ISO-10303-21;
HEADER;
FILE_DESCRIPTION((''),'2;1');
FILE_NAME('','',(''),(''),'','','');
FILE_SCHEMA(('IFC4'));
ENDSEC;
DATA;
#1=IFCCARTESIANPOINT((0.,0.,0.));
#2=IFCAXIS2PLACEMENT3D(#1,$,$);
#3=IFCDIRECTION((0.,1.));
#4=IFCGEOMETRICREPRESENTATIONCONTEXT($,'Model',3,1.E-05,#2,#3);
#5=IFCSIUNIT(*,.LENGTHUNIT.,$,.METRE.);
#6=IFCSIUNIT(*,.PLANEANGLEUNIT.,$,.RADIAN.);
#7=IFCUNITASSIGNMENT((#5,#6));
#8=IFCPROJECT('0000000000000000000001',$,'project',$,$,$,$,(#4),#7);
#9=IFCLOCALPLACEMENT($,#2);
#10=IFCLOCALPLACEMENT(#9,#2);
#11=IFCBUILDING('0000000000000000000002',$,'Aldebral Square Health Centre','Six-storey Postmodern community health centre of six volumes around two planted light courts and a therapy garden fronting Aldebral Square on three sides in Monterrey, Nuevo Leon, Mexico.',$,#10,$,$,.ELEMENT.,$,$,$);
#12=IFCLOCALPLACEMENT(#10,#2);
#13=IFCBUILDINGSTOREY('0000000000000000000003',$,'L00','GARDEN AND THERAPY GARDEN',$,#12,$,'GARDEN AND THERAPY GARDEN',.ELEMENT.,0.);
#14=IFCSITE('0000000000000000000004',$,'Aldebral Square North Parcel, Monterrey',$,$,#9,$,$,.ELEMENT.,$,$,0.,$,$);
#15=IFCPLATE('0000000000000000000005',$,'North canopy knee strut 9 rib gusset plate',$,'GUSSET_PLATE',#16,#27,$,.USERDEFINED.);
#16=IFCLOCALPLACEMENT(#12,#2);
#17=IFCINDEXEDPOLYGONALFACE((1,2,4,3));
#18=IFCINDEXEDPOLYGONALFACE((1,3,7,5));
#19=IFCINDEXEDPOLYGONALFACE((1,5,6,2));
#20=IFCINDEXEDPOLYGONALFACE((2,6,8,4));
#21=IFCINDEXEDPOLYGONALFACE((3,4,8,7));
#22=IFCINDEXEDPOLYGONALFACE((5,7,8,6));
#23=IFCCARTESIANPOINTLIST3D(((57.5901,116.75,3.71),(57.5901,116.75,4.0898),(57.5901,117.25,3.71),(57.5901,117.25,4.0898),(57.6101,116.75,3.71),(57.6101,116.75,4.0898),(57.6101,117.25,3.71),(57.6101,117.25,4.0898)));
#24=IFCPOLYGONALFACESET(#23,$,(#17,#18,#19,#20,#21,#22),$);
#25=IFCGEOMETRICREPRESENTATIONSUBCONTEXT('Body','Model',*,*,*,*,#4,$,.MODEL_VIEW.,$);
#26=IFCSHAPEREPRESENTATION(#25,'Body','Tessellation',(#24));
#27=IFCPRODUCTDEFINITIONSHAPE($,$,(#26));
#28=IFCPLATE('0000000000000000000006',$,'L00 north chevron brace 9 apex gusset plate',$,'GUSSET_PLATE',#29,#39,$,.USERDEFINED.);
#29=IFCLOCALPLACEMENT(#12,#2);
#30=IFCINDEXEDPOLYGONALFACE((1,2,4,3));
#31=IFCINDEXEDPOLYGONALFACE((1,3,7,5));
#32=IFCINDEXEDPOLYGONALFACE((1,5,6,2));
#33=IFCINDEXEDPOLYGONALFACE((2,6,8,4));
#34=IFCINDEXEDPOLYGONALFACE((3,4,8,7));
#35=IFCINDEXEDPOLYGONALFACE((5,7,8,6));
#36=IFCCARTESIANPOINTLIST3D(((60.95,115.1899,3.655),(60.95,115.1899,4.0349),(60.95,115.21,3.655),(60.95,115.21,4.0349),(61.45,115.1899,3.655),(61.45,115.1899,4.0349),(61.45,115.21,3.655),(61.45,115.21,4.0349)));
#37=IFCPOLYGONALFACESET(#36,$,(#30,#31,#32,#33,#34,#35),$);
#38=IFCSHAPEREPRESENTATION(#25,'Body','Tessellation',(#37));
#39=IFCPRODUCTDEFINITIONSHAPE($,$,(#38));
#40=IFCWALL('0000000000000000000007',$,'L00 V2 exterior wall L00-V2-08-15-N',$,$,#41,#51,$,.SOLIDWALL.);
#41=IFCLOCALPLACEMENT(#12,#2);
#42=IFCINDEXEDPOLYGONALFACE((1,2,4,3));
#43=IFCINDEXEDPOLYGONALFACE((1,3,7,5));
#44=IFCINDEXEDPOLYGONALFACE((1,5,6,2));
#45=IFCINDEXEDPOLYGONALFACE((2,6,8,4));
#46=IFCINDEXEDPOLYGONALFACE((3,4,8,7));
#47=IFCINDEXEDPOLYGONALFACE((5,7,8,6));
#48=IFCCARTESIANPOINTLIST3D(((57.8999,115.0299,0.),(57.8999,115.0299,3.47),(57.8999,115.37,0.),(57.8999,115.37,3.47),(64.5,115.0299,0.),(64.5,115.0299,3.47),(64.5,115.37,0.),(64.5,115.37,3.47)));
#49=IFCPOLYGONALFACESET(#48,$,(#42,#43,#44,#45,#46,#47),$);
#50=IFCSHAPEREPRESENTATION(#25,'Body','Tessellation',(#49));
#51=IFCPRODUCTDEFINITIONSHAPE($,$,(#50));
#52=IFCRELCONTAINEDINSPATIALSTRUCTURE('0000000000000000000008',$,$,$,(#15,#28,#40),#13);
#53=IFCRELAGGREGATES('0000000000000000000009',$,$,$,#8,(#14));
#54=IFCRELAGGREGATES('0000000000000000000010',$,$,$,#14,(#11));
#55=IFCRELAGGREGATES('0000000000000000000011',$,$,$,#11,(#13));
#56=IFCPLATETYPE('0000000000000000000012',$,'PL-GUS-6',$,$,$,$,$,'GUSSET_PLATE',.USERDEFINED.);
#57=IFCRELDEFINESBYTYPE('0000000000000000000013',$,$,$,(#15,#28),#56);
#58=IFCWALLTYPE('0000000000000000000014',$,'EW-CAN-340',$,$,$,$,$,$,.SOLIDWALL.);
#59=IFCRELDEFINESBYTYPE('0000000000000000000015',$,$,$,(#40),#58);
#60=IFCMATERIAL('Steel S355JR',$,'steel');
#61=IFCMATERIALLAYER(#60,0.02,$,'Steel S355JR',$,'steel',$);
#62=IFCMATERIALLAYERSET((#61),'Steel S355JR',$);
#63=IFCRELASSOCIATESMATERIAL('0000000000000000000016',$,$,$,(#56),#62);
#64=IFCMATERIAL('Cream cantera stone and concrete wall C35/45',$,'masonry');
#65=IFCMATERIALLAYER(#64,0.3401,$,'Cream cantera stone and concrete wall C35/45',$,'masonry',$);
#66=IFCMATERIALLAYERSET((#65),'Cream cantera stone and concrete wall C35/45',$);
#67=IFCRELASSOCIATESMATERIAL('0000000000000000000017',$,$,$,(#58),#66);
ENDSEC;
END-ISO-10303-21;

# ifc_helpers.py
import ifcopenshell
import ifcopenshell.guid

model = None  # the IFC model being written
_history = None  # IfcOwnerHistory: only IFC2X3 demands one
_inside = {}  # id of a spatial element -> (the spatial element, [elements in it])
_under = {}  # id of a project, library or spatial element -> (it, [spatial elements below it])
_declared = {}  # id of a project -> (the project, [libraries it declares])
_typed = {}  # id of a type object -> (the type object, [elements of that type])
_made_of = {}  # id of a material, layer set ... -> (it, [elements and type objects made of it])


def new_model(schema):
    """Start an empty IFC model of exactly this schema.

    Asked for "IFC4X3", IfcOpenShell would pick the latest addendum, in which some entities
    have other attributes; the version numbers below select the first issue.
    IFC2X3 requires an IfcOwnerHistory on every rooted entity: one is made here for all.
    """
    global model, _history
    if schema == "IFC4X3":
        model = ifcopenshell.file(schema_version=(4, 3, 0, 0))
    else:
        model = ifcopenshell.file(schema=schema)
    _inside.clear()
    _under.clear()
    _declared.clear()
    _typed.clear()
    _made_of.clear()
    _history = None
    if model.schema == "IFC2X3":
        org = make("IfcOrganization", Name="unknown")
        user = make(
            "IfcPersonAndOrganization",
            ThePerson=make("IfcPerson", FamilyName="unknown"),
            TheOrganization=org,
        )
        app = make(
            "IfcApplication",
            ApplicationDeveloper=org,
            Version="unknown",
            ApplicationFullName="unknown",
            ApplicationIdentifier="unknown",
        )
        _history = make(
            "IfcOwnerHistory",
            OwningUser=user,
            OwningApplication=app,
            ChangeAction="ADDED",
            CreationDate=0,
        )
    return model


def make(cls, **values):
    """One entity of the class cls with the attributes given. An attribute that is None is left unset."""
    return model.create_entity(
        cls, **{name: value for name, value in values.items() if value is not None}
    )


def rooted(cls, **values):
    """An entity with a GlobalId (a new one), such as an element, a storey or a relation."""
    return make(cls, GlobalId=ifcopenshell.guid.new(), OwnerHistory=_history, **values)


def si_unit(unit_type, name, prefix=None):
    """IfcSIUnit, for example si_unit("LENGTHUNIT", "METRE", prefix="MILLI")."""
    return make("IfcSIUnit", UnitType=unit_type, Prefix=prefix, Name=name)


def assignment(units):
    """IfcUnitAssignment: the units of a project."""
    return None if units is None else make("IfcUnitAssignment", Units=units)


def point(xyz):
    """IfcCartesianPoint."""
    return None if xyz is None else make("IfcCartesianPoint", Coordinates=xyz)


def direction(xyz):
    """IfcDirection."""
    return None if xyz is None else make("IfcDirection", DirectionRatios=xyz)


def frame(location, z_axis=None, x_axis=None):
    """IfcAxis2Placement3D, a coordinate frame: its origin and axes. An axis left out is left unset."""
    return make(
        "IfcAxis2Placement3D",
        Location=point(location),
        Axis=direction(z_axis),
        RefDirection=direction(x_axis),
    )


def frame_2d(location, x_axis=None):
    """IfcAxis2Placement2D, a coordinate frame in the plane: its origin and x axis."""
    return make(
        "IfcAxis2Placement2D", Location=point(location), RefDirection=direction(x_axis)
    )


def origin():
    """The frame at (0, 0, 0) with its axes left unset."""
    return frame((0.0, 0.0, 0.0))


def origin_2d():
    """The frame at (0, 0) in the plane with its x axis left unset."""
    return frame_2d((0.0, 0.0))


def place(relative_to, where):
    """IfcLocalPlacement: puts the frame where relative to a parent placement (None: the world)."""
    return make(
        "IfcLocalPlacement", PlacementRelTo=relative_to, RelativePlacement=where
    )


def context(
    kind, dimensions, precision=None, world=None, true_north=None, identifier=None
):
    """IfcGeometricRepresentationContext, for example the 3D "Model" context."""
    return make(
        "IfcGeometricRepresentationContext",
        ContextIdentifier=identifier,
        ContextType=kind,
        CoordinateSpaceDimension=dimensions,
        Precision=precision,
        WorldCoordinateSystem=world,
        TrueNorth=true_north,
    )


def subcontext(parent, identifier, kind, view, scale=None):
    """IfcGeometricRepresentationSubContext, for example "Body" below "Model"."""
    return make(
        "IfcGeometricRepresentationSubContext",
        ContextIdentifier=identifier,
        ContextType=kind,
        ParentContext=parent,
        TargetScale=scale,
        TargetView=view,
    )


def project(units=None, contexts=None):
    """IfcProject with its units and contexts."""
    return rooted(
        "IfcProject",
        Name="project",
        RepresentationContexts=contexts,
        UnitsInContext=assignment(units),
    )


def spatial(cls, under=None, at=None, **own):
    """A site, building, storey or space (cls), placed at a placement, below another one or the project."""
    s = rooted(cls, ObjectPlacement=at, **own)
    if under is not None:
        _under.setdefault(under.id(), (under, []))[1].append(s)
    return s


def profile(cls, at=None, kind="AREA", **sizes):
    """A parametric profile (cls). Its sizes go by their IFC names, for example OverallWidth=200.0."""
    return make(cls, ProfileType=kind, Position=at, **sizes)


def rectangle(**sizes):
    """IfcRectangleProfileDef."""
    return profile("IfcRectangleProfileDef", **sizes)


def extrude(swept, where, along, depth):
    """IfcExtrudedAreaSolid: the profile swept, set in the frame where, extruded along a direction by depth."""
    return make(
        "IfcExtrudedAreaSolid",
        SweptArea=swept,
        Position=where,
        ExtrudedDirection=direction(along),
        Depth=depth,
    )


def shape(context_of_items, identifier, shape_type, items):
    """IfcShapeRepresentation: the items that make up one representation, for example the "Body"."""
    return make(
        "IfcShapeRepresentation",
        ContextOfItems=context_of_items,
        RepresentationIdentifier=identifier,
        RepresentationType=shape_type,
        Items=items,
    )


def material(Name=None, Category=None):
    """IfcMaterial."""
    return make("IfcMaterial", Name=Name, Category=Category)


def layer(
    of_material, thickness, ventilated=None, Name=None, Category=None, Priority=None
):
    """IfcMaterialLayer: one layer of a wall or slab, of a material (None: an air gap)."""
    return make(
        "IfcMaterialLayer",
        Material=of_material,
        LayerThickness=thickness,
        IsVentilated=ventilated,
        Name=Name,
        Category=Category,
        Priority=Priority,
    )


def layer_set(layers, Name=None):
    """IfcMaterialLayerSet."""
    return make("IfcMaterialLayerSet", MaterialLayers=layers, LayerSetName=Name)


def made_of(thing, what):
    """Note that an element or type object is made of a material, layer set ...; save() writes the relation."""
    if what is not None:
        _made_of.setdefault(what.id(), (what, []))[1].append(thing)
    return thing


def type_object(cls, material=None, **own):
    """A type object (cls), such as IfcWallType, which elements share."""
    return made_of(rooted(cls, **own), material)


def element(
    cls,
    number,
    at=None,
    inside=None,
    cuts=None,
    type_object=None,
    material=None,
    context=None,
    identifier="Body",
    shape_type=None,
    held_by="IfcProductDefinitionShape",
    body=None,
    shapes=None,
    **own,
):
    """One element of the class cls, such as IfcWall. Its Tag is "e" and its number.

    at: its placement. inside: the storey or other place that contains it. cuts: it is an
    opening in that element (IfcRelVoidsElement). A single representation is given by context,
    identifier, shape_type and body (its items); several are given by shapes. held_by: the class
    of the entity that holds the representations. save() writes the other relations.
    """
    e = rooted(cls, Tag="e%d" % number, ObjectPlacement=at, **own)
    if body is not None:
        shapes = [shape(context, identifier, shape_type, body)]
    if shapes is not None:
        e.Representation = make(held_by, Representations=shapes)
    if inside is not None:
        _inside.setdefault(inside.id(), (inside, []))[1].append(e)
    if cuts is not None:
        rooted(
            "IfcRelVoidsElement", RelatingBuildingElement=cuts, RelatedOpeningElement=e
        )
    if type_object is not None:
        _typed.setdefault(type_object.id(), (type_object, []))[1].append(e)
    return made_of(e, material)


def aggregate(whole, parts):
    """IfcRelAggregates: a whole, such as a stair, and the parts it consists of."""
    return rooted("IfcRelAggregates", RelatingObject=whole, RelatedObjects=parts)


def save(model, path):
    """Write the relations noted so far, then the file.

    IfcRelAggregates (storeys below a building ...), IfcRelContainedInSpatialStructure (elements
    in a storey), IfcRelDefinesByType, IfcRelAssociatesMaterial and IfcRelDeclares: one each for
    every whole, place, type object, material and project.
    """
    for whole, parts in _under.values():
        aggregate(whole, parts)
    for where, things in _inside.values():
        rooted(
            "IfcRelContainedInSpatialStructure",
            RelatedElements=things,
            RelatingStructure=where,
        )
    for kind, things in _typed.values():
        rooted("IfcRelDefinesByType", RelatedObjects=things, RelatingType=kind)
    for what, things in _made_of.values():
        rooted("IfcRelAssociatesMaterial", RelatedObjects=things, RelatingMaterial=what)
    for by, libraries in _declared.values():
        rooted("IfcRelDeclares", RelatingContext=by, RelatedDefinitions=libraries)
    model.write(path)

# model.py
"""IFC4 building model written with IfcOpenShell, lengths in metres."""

from ifc_helpers import new_model, si_unit, direction, frame, frame_2d, origin, origin_2d, place, context, subcontext, project, spatial, rectangle, extrude, material, layer, layer_set, type_object, element, save


model = new_model("IFC4")

# Units and contexts
model_context = context("Model", 3, precision=1e-05, world=origin(), true_north=direction((0.0, 1.0)))
body_context = subcontext(model_context, "Body", "Model", "MODEL_VIEW")
ifc_project = project(units=[si_unit("LENGTHUNIT", "METRE"), si_unit("PLANEANGLEUNIT", "RADIAN")], contexts=[model_context])

# Site, building, storey
site_placement = place(None, origin())
site = spatial("IfcSite", under=ifc_project, at=site_placement, Name="Aldebral Square North Parcel, Monterrey", CompositionType="ELEMENT", RefElevation=0.0)
building_placement = place(site_placement, origin())
building = spatial("IfcBuilding", under=site, at=building_placement, Name="Aldebral Square Health Centre", Description="Six-storey Postmodern community health centre of six volumes around two planted light courts and a therapy garden fronting Aldebral Square on three sides in Monterrey, Nuevo Leon, Mexico.", CompositionType="ELEMENT")
storey_placement = place(building_placement, origin())
storey = spatial("IfcBuildingStorey", under=building, at=storey_placement, Name="L00", Description="GARDEN AND THERAPY GARDEN", LongName="GARDEN AND THERAPY GARDEN", CompositionType="ELEMENT", Elevation=0.0)

# Shared definitions
ifc_material_1 = material(Name="Steel S355JR", Category="steel")

# Plates
ifc_layer_1 = layer(ifc_material_1, 0.02, Name="Steel S355JR", Category="steel")
ifc_layer_set_1 = layer_set([ifc_layer_1], Name="Steel S355JR")
plate_type_1 = type_object("IfcPlateType", Name="PL-GUS-6", ElementType="GUSSET_PLATE", PredefinedType="USERDEFINED", material=ifc_layer_set_1)
for number, where, z_axis, x_axis, name in (
    (1, (57.6001, 117.0, 3.71), (0.0, 0.0, 1.0), (0.0, 1.0, 0.0), "North canopy knee strut 9 rib gusset plate"),
    (2, (61.2, 115.2, 3.655), (0.0, 0.0, 1.0), (1.0, 0.0, 0.0), "L00 north chevron brace 9 apex gusset plate"),
):
    element("IfcPlate", number, at=place(storey_placement, frame(where, z_axis=z_axis, x_axis=x_axis)), inside=storey, type_object=plate_type_1, Name=name, ObjectType="GUSSET_PLATE", PredefinedType="USERDEFINED", context=body_context, shape_type="SweptSolid", body=[
        extrude(rectangle(XDim=0.5, YDim=0.02, at=origin_2d()), origin(), (0.0, 0.0, 1.0), 0.3799),
    ])

# Wall
ifc_material_2 = material(Name="Cream cantera stone and concrete wall C35/45", Category="masonry")
ifc_layer_2 = layer(ifc_material_2, 0.3401, Name="Cream cantera stone and concrete wall C35/45", Category="masonry")
ifc_layer_set_2 = layer_set([ifc_layer_2], Name="Cream cantera stone and concrete wall C35/45")
wall_type = type_object("IfcWallType", Name="EW-CAN-340", PredefinedType="SOLIDWALL", material=ifc_layer_set_2)
wall_placement = place(storey_placement, frame((64.5, 115.2, 0.0), z_axis=(0.0, 0.0, 1.0), x_axis=(-1.0, 0.0, 0.0)))
element("IfcWall", 3, at=wall_placement, inside=storey, type_object=wall_type, Name="L00 V2 exterior wall L00-V2-08-15-N", PredefinedType="SOLIDWALL", context=body_context, shape_type="SweptSolid", body=[
    extrude(rectangle(XDim=6.6001, YDim=0.3401, at=frame_2d((3.3, 0.0))), origin(), (0.0, 0.0, 1.0), 3.47),
])

save(model, "model.ifc")
